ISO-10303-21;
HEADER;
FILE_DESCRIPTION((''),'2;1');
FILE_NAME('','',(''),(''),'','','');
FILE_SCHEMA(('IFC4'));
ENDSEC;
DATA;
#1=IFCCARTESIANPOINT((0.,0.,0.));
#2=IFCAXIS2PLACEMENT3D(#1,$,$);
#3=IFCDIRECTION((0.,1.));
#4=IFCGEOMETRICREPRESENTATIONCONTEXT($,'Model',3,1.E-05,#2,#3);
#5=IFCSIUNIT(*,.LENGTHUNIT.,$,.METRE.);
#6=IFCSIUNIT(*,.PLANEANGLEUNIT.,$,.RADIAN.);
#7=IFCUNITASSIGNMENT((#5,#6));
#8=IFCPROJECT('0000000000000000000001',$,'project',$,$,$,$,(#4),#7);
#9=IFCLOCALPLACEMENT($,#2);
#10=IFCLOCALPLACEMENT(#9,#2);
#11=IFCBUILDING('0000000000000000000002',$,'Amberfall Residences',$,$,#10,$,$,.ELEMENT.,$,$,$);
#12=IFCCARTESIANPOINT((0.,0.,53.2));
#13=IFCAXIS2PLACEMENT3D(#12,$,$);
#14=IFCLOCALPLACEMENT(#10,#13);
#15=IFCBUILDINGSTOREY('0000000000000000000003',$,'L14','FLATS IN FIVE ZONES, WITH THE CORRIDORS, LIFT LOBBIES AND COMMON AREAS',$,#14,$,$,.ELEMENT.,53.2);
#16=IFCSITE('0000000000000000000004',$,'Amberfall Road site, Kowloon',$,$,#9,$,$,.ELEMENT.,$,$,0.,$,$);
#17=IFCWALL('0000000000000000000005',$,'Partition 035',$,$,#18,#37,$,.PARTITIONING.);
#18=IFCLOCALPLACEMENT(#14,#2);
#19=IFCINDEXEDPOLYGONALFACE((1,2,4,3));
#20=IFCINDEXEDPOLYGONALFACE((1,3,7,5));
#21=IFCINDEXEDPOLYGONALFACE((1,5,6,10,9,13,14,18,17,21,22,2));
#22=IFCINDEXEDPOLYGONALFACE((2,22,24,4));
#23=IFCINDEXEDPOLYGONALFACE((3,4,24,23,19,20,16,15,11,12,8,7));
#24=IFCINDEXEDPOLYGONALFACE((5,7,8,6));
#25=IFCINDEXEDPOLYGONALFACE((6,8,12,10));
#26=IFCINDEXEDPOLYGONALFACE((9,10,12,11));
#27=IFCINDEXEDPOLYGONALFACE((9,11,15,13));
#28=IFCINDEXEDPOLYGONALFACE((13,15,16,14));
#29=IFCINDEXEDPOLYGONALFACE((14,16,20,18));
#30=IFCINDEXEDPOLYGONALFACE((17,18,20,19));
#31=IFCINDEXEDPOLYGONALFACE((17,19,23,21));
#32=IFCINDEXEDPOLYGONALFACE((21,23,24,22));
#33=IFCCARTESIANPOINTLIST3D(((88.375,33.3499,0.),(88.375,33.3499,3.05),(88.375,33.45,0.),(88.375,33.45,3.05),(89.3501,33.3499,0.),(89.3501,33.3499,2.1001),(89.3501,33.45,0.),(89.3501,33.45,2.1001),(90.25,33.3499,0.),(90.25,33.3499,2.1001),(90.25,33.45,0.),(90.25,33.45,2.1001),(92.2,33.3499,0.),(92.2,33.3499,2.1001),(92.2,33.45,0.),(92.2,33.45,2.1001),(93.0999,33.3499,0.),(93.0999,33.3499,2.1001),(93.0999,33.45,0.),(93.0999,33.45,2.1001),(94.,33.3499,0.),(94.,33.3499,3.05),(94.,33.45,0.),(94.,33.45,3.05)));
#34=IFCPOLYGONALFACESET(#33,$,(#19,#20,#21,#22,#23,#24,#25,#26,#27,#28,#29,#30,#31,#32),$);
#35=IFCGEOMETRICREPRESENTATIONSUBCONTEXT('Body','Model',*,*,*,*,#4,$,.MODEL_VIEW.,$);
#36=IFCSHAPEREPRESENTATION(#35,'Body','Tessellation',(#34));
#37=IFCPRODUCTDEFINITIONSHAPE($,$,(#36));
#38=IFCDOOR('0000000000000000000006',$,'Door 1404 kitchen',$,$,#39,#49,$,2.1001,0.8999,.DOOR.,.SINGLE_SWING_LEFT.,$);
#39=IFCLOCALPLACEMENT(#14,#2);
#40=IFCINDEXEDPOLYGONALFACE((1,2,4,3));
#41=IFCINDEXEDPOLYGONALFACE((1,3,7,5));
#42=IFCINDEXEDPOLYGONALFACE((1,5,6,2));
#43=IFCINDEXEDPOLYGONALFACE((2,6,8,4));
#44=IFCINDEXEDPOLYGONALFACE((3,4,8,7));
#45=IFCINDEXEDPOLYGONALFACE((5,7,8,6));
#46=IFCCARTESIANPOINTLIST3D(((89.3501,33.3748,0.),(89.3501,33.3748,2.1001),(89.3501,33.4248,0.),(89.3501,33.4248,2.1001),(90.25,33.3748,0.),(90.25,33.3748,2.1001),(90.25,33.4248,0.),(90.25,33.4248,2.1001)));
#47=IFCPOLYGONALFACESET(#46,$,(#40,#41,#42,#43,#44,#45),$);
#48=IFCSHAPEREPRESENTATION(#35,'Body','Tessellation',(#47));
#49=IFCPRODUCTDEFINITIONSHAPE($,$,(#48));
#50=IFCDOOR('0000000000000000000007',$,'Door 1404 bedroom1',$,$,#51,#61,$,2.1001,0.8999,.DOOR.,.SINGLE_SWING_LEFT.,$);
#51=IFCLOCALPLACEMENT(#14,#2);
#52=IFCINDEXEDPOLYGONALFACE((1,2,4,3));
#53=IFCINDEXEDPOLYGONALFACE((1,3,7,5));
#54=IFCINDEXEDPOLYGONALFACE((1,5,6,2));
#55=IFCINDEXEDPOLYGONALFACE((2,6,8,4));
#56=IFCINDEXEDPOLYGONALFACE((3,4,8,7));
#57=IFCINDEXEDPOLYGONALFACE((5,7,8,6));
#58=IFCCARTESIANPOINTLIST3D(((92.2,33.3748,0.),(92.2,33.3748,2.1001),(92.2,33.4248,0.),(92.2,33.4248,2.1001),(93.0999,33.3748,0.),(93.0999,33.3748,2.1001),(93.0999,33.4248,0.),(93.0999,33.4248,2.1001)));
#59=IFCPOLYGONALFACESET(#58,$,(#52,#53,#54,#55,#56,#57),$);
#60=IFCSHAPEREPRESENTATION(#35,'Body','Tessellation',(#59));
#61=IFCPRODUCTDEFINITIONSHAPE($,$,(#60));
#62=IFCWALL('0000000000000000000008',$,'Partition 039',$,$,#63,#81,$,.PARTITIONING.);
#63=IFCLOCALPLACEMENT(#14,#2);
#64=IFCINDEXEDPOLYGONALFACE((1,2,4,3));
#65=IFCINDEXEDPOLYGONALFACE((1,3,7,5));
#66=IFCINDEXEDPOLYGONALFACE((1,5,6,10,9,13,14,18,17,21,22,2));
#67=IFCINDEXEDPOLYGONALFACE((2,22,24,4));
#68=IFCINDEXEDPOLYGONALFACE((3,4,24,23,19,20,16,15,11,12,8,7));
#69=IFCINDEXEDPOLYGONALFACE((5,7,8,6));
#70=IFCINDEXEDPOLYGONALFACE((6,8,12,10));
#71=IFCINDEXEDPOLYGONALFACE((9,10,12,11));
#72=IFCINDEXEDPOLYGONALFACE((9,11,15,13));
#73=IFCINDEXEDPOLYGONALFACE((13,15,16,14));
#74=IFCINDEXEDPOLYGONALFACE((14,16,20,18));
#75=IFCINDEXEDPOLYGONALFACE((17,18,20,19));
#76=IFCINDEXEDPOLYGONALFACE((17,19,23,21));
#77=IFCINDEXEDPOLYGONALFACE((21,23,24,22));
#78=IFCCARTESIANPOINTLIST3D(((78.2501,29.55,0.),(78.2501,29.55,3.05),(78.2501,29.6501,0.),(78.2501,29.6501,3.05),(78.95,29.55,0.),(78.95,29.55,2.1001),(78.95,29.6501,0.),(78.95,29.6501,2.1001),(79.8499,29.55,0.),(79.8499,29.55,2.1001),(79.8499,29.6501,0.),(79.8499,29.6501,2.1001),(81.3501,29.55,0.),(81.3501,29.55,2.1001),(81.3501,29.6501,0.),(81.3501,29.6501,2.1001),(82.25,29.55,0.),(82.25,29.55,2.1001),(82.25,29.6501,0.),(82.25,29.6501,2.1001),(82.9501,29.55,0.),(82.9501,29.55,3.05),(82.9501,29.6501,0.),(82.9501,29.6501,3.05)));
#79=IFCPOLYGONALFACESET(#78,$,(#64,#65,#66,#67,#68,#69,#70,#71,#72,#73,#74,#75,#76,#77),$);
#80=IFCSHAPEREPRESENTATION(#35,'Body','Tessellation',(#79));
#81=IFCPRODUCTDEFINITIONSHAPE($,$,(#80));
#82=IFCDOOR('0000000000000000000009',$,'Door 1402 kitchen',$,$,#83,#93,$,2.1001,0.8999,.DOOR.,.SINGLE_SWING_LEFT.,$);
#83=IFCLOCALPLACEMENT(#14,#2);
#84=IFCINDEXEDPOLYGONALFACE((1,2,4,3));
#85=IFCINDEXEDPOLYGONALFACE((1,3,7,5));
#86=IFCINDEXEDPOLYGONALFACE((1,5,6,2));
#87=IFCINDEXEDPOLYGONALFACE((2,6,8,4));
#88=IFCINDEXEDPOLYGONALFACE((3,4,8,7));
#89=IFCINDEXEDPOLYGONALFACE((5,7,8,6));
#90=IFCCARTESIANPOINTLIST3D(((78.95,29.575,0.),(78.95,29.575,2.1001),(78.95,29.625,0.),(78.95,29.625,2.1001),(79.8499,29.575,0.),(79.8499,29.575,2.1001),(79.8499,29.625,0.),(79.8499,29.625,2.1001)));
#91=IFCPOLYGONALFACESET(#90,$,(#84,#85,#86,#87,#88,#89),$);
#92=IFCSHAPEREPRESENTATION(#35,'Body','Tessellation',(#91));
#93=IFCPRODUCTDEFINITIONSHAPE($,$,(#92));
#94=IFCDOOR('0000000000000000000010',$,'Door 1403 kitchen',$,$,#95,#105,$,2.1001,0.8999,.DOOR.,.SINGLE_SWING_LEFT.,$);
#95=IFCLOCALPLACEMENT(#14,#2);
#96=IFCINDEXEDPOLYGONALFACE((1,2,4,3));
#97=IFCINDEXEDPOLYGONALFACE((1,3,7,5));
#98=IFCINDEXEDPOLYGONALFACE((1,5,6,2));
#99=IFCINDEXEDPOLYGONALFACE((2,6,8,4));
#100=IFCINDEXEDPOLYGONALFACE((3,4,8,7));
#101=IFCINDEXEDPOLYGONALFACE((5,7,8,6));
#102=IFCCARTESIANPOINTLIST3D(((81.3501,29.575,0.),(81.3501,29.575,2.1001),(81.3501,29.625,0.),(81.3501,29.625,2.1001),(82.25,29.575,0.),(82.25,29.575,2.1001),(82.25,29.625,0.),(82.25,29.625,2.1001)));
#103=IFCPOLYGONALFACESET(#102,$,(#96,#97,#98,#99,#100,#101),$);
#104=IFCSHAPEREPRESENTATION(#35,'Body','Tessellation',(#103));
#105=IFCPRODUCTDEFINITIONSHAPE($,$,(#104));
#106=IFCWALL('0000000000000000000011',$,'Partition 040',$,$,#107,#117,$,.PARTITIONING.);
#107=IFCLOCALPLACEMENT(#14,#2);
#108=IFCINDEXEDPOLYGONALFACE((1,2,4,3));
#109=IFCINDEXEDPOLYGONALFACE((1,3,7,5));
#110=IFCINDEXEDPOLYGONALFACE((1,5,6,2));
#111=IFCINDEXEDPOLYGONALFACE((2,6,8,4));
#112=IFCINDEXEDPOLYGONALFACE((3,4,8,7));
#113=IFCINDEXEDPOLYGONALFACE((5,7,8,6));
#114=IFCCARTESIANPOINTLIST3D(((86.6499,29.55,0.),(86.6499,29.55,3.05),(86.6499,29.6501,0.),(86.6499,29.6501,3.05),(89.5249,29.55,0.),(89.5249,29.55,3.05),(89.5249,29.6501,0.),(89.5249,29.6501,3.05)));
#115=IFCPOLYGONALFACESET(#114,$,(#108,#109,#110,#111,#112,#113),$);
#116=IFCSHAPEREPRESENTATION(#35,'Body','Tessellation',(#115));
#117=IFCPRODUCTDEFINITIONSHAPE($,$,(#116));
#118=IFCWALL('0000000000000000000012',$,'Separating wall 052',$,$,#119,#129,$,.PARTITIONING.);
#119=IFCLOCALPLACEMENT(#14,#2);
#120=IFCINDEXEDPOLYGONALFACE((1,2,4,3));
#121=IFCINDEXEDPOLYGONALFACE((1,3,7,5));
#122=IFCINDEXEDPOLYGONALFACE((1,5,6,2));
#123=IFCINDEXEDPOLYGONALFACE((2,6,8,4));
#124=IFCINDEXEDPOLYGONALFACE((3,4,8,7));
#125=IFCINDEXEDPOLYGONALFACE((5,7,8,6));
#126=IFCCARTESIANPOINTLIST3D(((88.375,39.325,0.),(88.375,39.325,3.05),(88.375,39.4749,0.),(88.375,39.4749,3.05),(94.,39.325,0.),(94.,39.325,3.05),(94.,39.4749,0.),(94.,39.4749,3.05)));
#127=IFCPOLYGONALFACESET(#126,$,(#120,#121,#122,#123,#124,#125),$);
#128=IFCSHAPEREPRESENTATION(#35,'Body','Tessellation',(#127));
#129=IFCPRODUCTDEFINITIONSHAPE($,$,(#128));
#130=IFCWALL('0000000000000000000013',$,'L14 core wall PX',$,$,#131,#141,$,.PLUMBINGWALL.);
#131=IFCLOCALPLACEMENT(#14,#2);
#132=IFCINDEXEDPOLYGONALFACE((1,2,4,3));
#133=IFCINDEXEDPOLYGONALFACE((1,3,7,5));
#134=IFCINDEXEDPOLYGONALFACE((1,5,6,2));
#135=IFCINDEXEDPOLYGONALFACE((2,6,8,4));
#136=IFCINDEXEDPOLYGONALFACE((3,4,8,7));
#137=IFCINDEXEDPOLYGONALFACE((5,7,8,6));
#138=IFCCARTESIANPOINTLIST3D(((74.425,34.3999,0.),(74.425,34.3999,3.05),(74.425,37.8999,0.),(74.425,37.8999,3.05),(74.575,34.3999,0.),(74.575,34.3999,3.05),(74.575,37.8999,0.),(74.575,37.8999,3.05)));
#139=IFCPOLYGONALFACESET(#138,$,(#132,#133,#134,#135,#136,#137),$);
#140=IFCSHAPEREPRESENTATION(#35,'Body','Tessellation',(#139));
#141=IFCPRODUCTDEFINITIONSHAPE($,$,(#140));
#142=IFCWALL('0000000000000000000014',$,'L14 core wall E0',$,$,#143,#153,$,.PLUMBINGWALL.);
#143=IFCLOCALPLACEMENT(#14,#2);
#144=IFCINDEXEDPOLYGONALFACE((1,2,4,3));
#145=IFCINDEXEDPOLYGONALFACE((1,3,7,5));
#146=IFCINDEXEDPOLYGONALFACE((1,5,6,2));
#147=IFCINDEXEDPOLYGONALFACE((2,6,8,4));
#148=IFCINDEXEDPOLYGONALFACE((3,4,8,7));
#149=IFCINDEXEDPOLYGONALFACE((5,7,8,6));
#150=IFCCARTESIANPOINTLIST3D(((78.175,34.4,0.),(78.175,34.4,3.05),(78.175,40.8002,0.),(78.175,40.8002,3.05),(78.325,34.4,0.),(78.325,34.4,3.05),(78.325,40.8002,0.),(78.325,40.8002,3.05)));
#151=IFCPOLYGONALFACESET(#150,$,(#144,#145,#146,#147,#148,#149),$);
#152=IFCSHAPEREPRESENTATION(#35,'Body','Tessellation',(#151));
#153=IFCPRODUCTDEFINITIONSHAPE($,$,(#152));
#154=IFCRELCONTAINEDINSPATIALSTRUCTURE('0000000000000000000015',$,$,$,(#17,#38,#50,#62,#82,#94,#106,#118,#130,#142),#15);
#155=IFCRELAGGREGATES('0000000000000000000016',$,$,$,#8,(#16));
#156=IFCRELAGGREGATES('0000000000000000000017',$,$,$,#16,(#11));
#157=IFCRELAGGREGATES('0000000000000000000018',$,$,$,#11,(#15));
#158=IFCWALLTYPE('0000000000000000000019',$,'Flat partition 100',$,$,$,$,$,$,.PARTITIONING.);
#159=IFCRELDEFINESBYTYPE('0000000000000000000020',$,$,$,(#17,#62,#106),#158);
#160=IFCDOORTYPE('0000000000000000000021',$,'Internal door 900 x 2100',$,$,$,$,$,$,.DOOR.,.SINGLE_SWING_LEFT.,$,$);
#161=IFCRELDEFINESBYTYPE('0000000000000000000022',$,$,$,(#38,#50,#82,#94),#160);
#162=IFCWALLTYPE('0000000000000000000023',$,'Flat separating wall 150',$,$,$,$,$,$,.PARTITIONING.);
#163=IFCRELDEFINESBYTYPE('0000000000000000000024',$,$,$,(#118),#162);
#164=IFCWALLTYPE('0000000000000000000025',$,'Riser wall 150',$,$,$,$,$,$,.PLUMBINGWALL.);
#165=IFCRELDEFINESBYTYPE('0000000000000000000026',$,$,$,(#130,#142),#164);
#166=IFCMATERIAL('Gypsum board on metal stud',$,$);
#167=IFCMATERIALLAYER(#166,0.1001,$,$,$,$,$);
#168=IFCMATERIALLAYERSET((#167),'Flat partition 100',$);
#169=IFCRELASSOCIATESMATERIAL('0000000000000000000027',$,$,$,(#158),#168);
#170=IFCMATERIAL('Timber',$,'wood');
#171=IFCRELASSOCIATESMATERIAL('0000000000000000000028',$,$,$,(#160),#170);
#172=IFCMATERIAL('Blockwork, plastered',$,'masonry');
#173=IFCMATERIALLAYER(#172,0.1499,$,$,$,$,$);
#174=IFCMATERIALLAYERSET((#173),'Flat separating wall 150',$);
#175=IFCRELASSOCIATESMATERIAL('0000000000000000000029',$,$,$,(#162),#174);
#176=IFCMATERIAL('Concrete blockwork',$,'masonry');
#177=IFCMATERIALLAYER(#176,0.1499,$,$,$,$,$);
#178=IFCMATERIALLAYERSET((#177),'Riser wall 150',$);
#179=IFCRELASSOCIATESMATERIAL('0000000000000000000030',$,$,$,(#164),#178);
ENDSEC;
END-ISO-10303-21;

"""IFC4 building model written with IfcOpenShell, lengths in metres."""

from ifc_helpers import new_model, si_unit, direction, frame, frame_2d, origin, place, context, subcontext, project, spatial, rectangle, extrude, material, layer, layer_set, type_object, element, fill, save


model = new_model("IFC4")

# Units and contexts
model_context = context("Model", 3, precision=1e-05, world=origin(), true_north=direction((0.0, 1.0)))
body_context = subcontext(model_context, "Body", "Model", "MODEL_VIEW")
ifc_project = project(units=[si_unit("LENGTHUNIT", "METRE"), si_unit("PLANEANGLEUNIT", "RADIAN")], contexts=[model_context])

# Site, building, storey
site_placement = place(None, origin())
site = spatial("IfcSite", under=ifc_project, at=site_placement, Name="Amberfall Road site, Kowloon", CompositionType="ELEMENT", RefElevation=0.0)
building_placement = place(site_placement, origin())
building = spatial("IfcBuilding", under=site, at=building_placement, Name="Amberfall Residences", CompositionType="ELEMENT")
storey_placement = place(building_placement, frame((0.0, 0.0, 53.2)))
storey = spatial("IfcBuildingStorey", under=building, at=storey_placement, Name="L14", Description="FLATS IN FIVE ZONES, WITH THE CORRIDORS, LIFT LOBBIES AND COMMON AREAS", CompositionType="ELEMENT", Elevation=53.2)

# Shared definitions
ifc_material_1 = material(Name="Gypsum board on metal stud")
ifc_layer_1 = layer(ifc_material_1, 0.1001)
ifc_layer_set_1 = layer_set([ifc_layer_1], Name="Flat partition 100")
wall_type_1 = type_object("IfcWallType", Name="Flat partition 100", PredefinedType="PARTITIONING", material=ifc_layer_set_1)
ifc_material_2 = material(Name="Timber", Category="wood")
door_type_1 = type_object("IfcDoorType", Name="Internal door 900 x 2100", OperationType="SINGLE_SWING_LEFT", PredefinedType="DOOR", material=ifc_material_2)

# Walls, openings, doors
wall_1_placement = place(storey_placement, frame((88.375, 33.3999, 0.0), z_axis=(0.0, 0.0, 1.0), x_axis=(1.0, 0.0, 0.0)))
wall_1 = element("IfcWall", 1, at=wall_1_placement, inside=storey, type_object=wall_type_1, Name="Partition 035", PredefinedType="PARTITIONING", context=body_context, shape_type="SweptSolid", body=[
    extrude(rectangle(XDim=5.625, YDim=0.1001, at=frame_2d((2.8125, 0.0))), origin(), (0.0, 0.0, 1.0), 3.05),
])
opening_1_placement = place(wall_1_placement, frame((0.9751, 0.0, 0.0)))
opening_1 = element("IfcOpeningElement", 2, at=opening_1_placement, cuts=wall_1, PredefinedType="OPENING", context=body_context, shape_type="SweptSolid", body=[
    extrude(rectangle(XDim=0.8999, YDim=2.1001, at=frame_2d((0.45, 1.05))), frame((0.0, 0.0601, 0.0), z_axis=(0.0, -1.0, 0.0), x_axis=(1.0, 0.0, 0.0)), (0.0, 0.0, 1.0), 0.1201),
])
opening_2_placement = place(wall_1_placement, frame((3.825, 0.0, 0.0)))
opening_2 = element("IfcOpeningElement", 3, at=opening_2_placement, cuts=wall_1, PredefinedType="OPENING", context=body_context, shape_type="SweptSolid", body=[
    extrude(rectangle(XDim=0.8999, YDim=2.1001, at=frame_2d((0.45, 1.05))), frame((0.0, 0.0601, 0.0), z_axis=(0.0, -1.0, 0.0), x_axis=(1.0, 0.0, 0.0)), (0.0, 0.0, 1.0), 0.1201),
])
door_1_placement = place(opening_1_placement, origin())
door_1 = element("IfcDoor", 4, at=door_1_placement, inside=storey, type_object=door_type_1, Name="Door 1404 kitchen", OperationType="SINGLE_SWING_LEFT", OverallHeight=2.1001, OverallWidth=0.8999, PredefinedType="DOOR", context=body_context, shape_type="SweptSolid", body=[
    extrude(rectangle(XDim=0.8999, YDim=2.1001, at=frame_2d((0.45, 1.05))), frame((0.0, 0.0249, 0.0), z_axis=(0.0, -1.0, 0.0), x_axis=(1.0, 0.0, 0.0)), (0.0, 0.0, 1.0), 0.05),
])
fill(opening_1, door_1)
door_2_placement = place(opening_2_placement, origin())
door_2 = element("IfcDoor", 5, at=door_2_placement, inside=storey, type_object=door_type_1, Name="Door 1404 bedroom1", OperationType="SINGLE_SWING_LEFT", OverallHeight=2.1001, OverallWidth=0.8999, PredefinedType="DOOR", context=body_context, shape_type="SweptSolid", body=[
    extrude(rectangle(XDim=0.8999, YDim=2.1001, at=frame_2d((0.45, 1.05))), frame((0.0, 0.0249, 0.0), z_axis=(0.0, -1.0, 0.0), x_axis=(1.0, 0.0, 0.0)), (0.0, 0.0, 1.0), 0.05),
])
fill(opening_2, door_2)
wall_2_placement = place(storey_placement, frame((78.25, 29.6001, 0.0), z_axis=(0.0, 0.0, 1.0), x_axis=(1.0, 0.0, 0.0)))
wall_2 = element("IfcWall", 6, at=wall_2_placement, inside=storey, type_object=wall_type_1, Name="Partition 039", PredefinedType="PARTITIONING", context=body_context, shape_type="SweptSolid", body=[
    extrude(rectangle(XDim=4.7, YDim=0.1001, at=frame_2d((2.3501, 0.0))), origin(), (0.0, 0.0, 1.0), 3.05),
])
opening_3_placement = place(wall_2_placement, frame((0.7, 0.0, 0.0)))
opening_3 = element("IfcOpeningElement", 7, at=opening_3_placement, cuts=wall_2, PredefinedType="OPENING", context=body_context, shape_type="SweptSolid", body=[
    extrude(rectangle(XDim=0.8999, YDim=2.1001, at=frame_2d((0.45, 1.05))), frame((0.0, 0.0601, 0.0), z_axis=(0.0, -1.0, 0.0), x_axis=(1.0, 0.0, 0.0)), (0.0, 0.0, 1.0), 0.1201),
])
opening_4_placement = place(wall_2_placement, frame((3.1001, 0.0, 0.0)))
opening_4 = element("IfcOpeningElement", 8, at=opening_4_placement, cuts=wall_2, PredefinedType="OPENING", context=body_context, shape_type="SweptSolid", body=[
    extrude(rectangle(XDim=0.8999, YDim=2.1001, at=frame_2d((0.45, 1.05))), frame((0.0, 0.0601, 0.0), z_axis=(0.0, -1.0, 0.0), x_axis=(1.0, 0.0, 0.0)), (0.0, 0.0, 1.0), 0.1201),
])
door_3_placement = place(opening_3_placement, origin())
door_3 = element("IfcDoor", 9, at=door_3_placement, inside=storey, type_object=door_type_1, Name="Door 1402 kitchen", OperationType="SINGLE_SWING_LEFT", OverallHeight=2.1001, OverallWidth=0.8999, PredefinedType="DOOR", context=body_context, shape_type="SweptSolid", body=[
    extrude(rectangle(XDim=0.8999, YDim=2.1001, at=frame_2d((0.45, 1.05))), frame((0.0, 0.0249, 0.0), z_axis=(0.0, -1.0, 0.0), x_axis=(1.0, 0.0, 0.0)), (0.0, 0.0, 1.0), 0.05),
])
fill(opening_3, door_3)
door_4_placement = place(opening_4_placement, origin())
door_4 = element("IfcDoor", 10, at=door_4_placement, inside=storey, type_object=door_type_1, Name="Door 1403 kitchen", OperationType="SINGLE_SWING_LEFT", OverallHeight=2.1001, OverallWidth=0.8999, PredefinedType="DOOR", context=body_context, shape_type="SweptSolid", body=[
    extrude(rectangle(XDim=0.8999, YDim=2.1001, at=frame_2d((0.45, 1.05))), frame((0.0, 0.0249, 0.0), z_axis=(0.0, -1.0, 0.0), x_axis=(1.0, 0.0, 0.0)), (0.0, 0.0, 1.0), 0.05),
])
fill(opening_4, door_4)

# Walls
wall_3_placement = place(storey_placement, frame((86.6499, 29.6001, 0.0), z_axis=(0.0, 0.0, 1.0), x_axis=(1.0, 0.0, 0.0)))
element("IfcWall", 11, at=wall_3_placement, inside=storey, type_object=wall_type_1, Name="Partition 040", PredefinedType="PARTITIONING", context=body_context, shape_type="SweptSolid", body=[
    extrude(rectangle(XDim=2.875, YDim=0.1001, at=frame_2d((1.4375, 0.0))), origin(), (0.0, 0.0, 1.0), 3.05),
])
ifc_material_3 = material(Name="Blockwork, plastered", Category="masonry")
ifc_layer_2 = layer(ifc_material_3, 0.1499)
ifc_layer_set_2 = layer_set([ifc_layer_2], Name="Flat separating wall 150")
wall_type_2 = type_object("IfcWallType", Name="Flat separating wall 150", PredefinedType="PARTITIONING", material=ifc_layer_set_2)
wall_4_placement = place(storey_placement, frame((88.375, 39.3999, 0.0), z_axis=(0.0, 0.0, 1.0), x_axis=(1.0, 0.0, 0.0)))
element("IfcWall", 12, at=wall_4_placement, inside=storey, type_object=wall_type_2, Name="Separating wall 052", PredefinedType="PARTITIONING", context=body_context, shape_type="SweptSolid", body=[
    extrude(rectangle(XDim=5.625, YDim=0.1499, at=frame_2d((2.8125, 0.0))), origin(), (0.0, 0.0, 1.0), 3.05),
])
ifc_material_4 = material(Name="Concrete blockwork", Category="masonry")
ifc_layer_3 = layer(ifc_material_4, 0.1499)
ifc_layer_set_3 = layer_set([ifc_layer_3], Name="Riser wall 150")
wall_type_3 = type_object("IfcWallType", Name="Riser wall 150", PredefinedType="PLUMBINGWALL", material=ifc_layer_set_3)
wall_5_placement = place(storey_placement, frame((74.5, 34.3999, 0.0), z_axis=(0.0, 0.0, 1.0), x_axis=(0.0, 1.0, 0.0)))
element("IfcWall", 13, at=wall_5_placement, inside=storey, type_object=wall_type_3, Name="L14 core wall PX", PredefinedType="PLUMBINGWALL", context=body_context, shape_type="SweptSolid", body=[
    extrude(rectangle(XDim=3.5, YDim=0.1499, at=frame_2d((1.75, 0.0))), origin(), (0.0, 0.0, 1.0), 3.05),
])
wall_6_placement = place(storey_placement, frame((78.25, 34.3999, 0.0), z_axis=(0.0, 0.0, 1.0), x_axis=(0.0, 1.0, 0.0)))
element("IfcWall", 14, at=wall_6_placement, inside=storey, type_object=wall_type_3, Name="L14 core wall E0", PredefinedType="PLUMBINGWALL", context=body_context, shape_type="SweptSolid", body=[
    extrude(rectangle(XDim=6.4001, YDim=0.1499, at=frame_2d((3.2002, 0.0))), origin(), (0.0, 0.0, 1.0), 3.05),
])

save(model, "model.ifc")
